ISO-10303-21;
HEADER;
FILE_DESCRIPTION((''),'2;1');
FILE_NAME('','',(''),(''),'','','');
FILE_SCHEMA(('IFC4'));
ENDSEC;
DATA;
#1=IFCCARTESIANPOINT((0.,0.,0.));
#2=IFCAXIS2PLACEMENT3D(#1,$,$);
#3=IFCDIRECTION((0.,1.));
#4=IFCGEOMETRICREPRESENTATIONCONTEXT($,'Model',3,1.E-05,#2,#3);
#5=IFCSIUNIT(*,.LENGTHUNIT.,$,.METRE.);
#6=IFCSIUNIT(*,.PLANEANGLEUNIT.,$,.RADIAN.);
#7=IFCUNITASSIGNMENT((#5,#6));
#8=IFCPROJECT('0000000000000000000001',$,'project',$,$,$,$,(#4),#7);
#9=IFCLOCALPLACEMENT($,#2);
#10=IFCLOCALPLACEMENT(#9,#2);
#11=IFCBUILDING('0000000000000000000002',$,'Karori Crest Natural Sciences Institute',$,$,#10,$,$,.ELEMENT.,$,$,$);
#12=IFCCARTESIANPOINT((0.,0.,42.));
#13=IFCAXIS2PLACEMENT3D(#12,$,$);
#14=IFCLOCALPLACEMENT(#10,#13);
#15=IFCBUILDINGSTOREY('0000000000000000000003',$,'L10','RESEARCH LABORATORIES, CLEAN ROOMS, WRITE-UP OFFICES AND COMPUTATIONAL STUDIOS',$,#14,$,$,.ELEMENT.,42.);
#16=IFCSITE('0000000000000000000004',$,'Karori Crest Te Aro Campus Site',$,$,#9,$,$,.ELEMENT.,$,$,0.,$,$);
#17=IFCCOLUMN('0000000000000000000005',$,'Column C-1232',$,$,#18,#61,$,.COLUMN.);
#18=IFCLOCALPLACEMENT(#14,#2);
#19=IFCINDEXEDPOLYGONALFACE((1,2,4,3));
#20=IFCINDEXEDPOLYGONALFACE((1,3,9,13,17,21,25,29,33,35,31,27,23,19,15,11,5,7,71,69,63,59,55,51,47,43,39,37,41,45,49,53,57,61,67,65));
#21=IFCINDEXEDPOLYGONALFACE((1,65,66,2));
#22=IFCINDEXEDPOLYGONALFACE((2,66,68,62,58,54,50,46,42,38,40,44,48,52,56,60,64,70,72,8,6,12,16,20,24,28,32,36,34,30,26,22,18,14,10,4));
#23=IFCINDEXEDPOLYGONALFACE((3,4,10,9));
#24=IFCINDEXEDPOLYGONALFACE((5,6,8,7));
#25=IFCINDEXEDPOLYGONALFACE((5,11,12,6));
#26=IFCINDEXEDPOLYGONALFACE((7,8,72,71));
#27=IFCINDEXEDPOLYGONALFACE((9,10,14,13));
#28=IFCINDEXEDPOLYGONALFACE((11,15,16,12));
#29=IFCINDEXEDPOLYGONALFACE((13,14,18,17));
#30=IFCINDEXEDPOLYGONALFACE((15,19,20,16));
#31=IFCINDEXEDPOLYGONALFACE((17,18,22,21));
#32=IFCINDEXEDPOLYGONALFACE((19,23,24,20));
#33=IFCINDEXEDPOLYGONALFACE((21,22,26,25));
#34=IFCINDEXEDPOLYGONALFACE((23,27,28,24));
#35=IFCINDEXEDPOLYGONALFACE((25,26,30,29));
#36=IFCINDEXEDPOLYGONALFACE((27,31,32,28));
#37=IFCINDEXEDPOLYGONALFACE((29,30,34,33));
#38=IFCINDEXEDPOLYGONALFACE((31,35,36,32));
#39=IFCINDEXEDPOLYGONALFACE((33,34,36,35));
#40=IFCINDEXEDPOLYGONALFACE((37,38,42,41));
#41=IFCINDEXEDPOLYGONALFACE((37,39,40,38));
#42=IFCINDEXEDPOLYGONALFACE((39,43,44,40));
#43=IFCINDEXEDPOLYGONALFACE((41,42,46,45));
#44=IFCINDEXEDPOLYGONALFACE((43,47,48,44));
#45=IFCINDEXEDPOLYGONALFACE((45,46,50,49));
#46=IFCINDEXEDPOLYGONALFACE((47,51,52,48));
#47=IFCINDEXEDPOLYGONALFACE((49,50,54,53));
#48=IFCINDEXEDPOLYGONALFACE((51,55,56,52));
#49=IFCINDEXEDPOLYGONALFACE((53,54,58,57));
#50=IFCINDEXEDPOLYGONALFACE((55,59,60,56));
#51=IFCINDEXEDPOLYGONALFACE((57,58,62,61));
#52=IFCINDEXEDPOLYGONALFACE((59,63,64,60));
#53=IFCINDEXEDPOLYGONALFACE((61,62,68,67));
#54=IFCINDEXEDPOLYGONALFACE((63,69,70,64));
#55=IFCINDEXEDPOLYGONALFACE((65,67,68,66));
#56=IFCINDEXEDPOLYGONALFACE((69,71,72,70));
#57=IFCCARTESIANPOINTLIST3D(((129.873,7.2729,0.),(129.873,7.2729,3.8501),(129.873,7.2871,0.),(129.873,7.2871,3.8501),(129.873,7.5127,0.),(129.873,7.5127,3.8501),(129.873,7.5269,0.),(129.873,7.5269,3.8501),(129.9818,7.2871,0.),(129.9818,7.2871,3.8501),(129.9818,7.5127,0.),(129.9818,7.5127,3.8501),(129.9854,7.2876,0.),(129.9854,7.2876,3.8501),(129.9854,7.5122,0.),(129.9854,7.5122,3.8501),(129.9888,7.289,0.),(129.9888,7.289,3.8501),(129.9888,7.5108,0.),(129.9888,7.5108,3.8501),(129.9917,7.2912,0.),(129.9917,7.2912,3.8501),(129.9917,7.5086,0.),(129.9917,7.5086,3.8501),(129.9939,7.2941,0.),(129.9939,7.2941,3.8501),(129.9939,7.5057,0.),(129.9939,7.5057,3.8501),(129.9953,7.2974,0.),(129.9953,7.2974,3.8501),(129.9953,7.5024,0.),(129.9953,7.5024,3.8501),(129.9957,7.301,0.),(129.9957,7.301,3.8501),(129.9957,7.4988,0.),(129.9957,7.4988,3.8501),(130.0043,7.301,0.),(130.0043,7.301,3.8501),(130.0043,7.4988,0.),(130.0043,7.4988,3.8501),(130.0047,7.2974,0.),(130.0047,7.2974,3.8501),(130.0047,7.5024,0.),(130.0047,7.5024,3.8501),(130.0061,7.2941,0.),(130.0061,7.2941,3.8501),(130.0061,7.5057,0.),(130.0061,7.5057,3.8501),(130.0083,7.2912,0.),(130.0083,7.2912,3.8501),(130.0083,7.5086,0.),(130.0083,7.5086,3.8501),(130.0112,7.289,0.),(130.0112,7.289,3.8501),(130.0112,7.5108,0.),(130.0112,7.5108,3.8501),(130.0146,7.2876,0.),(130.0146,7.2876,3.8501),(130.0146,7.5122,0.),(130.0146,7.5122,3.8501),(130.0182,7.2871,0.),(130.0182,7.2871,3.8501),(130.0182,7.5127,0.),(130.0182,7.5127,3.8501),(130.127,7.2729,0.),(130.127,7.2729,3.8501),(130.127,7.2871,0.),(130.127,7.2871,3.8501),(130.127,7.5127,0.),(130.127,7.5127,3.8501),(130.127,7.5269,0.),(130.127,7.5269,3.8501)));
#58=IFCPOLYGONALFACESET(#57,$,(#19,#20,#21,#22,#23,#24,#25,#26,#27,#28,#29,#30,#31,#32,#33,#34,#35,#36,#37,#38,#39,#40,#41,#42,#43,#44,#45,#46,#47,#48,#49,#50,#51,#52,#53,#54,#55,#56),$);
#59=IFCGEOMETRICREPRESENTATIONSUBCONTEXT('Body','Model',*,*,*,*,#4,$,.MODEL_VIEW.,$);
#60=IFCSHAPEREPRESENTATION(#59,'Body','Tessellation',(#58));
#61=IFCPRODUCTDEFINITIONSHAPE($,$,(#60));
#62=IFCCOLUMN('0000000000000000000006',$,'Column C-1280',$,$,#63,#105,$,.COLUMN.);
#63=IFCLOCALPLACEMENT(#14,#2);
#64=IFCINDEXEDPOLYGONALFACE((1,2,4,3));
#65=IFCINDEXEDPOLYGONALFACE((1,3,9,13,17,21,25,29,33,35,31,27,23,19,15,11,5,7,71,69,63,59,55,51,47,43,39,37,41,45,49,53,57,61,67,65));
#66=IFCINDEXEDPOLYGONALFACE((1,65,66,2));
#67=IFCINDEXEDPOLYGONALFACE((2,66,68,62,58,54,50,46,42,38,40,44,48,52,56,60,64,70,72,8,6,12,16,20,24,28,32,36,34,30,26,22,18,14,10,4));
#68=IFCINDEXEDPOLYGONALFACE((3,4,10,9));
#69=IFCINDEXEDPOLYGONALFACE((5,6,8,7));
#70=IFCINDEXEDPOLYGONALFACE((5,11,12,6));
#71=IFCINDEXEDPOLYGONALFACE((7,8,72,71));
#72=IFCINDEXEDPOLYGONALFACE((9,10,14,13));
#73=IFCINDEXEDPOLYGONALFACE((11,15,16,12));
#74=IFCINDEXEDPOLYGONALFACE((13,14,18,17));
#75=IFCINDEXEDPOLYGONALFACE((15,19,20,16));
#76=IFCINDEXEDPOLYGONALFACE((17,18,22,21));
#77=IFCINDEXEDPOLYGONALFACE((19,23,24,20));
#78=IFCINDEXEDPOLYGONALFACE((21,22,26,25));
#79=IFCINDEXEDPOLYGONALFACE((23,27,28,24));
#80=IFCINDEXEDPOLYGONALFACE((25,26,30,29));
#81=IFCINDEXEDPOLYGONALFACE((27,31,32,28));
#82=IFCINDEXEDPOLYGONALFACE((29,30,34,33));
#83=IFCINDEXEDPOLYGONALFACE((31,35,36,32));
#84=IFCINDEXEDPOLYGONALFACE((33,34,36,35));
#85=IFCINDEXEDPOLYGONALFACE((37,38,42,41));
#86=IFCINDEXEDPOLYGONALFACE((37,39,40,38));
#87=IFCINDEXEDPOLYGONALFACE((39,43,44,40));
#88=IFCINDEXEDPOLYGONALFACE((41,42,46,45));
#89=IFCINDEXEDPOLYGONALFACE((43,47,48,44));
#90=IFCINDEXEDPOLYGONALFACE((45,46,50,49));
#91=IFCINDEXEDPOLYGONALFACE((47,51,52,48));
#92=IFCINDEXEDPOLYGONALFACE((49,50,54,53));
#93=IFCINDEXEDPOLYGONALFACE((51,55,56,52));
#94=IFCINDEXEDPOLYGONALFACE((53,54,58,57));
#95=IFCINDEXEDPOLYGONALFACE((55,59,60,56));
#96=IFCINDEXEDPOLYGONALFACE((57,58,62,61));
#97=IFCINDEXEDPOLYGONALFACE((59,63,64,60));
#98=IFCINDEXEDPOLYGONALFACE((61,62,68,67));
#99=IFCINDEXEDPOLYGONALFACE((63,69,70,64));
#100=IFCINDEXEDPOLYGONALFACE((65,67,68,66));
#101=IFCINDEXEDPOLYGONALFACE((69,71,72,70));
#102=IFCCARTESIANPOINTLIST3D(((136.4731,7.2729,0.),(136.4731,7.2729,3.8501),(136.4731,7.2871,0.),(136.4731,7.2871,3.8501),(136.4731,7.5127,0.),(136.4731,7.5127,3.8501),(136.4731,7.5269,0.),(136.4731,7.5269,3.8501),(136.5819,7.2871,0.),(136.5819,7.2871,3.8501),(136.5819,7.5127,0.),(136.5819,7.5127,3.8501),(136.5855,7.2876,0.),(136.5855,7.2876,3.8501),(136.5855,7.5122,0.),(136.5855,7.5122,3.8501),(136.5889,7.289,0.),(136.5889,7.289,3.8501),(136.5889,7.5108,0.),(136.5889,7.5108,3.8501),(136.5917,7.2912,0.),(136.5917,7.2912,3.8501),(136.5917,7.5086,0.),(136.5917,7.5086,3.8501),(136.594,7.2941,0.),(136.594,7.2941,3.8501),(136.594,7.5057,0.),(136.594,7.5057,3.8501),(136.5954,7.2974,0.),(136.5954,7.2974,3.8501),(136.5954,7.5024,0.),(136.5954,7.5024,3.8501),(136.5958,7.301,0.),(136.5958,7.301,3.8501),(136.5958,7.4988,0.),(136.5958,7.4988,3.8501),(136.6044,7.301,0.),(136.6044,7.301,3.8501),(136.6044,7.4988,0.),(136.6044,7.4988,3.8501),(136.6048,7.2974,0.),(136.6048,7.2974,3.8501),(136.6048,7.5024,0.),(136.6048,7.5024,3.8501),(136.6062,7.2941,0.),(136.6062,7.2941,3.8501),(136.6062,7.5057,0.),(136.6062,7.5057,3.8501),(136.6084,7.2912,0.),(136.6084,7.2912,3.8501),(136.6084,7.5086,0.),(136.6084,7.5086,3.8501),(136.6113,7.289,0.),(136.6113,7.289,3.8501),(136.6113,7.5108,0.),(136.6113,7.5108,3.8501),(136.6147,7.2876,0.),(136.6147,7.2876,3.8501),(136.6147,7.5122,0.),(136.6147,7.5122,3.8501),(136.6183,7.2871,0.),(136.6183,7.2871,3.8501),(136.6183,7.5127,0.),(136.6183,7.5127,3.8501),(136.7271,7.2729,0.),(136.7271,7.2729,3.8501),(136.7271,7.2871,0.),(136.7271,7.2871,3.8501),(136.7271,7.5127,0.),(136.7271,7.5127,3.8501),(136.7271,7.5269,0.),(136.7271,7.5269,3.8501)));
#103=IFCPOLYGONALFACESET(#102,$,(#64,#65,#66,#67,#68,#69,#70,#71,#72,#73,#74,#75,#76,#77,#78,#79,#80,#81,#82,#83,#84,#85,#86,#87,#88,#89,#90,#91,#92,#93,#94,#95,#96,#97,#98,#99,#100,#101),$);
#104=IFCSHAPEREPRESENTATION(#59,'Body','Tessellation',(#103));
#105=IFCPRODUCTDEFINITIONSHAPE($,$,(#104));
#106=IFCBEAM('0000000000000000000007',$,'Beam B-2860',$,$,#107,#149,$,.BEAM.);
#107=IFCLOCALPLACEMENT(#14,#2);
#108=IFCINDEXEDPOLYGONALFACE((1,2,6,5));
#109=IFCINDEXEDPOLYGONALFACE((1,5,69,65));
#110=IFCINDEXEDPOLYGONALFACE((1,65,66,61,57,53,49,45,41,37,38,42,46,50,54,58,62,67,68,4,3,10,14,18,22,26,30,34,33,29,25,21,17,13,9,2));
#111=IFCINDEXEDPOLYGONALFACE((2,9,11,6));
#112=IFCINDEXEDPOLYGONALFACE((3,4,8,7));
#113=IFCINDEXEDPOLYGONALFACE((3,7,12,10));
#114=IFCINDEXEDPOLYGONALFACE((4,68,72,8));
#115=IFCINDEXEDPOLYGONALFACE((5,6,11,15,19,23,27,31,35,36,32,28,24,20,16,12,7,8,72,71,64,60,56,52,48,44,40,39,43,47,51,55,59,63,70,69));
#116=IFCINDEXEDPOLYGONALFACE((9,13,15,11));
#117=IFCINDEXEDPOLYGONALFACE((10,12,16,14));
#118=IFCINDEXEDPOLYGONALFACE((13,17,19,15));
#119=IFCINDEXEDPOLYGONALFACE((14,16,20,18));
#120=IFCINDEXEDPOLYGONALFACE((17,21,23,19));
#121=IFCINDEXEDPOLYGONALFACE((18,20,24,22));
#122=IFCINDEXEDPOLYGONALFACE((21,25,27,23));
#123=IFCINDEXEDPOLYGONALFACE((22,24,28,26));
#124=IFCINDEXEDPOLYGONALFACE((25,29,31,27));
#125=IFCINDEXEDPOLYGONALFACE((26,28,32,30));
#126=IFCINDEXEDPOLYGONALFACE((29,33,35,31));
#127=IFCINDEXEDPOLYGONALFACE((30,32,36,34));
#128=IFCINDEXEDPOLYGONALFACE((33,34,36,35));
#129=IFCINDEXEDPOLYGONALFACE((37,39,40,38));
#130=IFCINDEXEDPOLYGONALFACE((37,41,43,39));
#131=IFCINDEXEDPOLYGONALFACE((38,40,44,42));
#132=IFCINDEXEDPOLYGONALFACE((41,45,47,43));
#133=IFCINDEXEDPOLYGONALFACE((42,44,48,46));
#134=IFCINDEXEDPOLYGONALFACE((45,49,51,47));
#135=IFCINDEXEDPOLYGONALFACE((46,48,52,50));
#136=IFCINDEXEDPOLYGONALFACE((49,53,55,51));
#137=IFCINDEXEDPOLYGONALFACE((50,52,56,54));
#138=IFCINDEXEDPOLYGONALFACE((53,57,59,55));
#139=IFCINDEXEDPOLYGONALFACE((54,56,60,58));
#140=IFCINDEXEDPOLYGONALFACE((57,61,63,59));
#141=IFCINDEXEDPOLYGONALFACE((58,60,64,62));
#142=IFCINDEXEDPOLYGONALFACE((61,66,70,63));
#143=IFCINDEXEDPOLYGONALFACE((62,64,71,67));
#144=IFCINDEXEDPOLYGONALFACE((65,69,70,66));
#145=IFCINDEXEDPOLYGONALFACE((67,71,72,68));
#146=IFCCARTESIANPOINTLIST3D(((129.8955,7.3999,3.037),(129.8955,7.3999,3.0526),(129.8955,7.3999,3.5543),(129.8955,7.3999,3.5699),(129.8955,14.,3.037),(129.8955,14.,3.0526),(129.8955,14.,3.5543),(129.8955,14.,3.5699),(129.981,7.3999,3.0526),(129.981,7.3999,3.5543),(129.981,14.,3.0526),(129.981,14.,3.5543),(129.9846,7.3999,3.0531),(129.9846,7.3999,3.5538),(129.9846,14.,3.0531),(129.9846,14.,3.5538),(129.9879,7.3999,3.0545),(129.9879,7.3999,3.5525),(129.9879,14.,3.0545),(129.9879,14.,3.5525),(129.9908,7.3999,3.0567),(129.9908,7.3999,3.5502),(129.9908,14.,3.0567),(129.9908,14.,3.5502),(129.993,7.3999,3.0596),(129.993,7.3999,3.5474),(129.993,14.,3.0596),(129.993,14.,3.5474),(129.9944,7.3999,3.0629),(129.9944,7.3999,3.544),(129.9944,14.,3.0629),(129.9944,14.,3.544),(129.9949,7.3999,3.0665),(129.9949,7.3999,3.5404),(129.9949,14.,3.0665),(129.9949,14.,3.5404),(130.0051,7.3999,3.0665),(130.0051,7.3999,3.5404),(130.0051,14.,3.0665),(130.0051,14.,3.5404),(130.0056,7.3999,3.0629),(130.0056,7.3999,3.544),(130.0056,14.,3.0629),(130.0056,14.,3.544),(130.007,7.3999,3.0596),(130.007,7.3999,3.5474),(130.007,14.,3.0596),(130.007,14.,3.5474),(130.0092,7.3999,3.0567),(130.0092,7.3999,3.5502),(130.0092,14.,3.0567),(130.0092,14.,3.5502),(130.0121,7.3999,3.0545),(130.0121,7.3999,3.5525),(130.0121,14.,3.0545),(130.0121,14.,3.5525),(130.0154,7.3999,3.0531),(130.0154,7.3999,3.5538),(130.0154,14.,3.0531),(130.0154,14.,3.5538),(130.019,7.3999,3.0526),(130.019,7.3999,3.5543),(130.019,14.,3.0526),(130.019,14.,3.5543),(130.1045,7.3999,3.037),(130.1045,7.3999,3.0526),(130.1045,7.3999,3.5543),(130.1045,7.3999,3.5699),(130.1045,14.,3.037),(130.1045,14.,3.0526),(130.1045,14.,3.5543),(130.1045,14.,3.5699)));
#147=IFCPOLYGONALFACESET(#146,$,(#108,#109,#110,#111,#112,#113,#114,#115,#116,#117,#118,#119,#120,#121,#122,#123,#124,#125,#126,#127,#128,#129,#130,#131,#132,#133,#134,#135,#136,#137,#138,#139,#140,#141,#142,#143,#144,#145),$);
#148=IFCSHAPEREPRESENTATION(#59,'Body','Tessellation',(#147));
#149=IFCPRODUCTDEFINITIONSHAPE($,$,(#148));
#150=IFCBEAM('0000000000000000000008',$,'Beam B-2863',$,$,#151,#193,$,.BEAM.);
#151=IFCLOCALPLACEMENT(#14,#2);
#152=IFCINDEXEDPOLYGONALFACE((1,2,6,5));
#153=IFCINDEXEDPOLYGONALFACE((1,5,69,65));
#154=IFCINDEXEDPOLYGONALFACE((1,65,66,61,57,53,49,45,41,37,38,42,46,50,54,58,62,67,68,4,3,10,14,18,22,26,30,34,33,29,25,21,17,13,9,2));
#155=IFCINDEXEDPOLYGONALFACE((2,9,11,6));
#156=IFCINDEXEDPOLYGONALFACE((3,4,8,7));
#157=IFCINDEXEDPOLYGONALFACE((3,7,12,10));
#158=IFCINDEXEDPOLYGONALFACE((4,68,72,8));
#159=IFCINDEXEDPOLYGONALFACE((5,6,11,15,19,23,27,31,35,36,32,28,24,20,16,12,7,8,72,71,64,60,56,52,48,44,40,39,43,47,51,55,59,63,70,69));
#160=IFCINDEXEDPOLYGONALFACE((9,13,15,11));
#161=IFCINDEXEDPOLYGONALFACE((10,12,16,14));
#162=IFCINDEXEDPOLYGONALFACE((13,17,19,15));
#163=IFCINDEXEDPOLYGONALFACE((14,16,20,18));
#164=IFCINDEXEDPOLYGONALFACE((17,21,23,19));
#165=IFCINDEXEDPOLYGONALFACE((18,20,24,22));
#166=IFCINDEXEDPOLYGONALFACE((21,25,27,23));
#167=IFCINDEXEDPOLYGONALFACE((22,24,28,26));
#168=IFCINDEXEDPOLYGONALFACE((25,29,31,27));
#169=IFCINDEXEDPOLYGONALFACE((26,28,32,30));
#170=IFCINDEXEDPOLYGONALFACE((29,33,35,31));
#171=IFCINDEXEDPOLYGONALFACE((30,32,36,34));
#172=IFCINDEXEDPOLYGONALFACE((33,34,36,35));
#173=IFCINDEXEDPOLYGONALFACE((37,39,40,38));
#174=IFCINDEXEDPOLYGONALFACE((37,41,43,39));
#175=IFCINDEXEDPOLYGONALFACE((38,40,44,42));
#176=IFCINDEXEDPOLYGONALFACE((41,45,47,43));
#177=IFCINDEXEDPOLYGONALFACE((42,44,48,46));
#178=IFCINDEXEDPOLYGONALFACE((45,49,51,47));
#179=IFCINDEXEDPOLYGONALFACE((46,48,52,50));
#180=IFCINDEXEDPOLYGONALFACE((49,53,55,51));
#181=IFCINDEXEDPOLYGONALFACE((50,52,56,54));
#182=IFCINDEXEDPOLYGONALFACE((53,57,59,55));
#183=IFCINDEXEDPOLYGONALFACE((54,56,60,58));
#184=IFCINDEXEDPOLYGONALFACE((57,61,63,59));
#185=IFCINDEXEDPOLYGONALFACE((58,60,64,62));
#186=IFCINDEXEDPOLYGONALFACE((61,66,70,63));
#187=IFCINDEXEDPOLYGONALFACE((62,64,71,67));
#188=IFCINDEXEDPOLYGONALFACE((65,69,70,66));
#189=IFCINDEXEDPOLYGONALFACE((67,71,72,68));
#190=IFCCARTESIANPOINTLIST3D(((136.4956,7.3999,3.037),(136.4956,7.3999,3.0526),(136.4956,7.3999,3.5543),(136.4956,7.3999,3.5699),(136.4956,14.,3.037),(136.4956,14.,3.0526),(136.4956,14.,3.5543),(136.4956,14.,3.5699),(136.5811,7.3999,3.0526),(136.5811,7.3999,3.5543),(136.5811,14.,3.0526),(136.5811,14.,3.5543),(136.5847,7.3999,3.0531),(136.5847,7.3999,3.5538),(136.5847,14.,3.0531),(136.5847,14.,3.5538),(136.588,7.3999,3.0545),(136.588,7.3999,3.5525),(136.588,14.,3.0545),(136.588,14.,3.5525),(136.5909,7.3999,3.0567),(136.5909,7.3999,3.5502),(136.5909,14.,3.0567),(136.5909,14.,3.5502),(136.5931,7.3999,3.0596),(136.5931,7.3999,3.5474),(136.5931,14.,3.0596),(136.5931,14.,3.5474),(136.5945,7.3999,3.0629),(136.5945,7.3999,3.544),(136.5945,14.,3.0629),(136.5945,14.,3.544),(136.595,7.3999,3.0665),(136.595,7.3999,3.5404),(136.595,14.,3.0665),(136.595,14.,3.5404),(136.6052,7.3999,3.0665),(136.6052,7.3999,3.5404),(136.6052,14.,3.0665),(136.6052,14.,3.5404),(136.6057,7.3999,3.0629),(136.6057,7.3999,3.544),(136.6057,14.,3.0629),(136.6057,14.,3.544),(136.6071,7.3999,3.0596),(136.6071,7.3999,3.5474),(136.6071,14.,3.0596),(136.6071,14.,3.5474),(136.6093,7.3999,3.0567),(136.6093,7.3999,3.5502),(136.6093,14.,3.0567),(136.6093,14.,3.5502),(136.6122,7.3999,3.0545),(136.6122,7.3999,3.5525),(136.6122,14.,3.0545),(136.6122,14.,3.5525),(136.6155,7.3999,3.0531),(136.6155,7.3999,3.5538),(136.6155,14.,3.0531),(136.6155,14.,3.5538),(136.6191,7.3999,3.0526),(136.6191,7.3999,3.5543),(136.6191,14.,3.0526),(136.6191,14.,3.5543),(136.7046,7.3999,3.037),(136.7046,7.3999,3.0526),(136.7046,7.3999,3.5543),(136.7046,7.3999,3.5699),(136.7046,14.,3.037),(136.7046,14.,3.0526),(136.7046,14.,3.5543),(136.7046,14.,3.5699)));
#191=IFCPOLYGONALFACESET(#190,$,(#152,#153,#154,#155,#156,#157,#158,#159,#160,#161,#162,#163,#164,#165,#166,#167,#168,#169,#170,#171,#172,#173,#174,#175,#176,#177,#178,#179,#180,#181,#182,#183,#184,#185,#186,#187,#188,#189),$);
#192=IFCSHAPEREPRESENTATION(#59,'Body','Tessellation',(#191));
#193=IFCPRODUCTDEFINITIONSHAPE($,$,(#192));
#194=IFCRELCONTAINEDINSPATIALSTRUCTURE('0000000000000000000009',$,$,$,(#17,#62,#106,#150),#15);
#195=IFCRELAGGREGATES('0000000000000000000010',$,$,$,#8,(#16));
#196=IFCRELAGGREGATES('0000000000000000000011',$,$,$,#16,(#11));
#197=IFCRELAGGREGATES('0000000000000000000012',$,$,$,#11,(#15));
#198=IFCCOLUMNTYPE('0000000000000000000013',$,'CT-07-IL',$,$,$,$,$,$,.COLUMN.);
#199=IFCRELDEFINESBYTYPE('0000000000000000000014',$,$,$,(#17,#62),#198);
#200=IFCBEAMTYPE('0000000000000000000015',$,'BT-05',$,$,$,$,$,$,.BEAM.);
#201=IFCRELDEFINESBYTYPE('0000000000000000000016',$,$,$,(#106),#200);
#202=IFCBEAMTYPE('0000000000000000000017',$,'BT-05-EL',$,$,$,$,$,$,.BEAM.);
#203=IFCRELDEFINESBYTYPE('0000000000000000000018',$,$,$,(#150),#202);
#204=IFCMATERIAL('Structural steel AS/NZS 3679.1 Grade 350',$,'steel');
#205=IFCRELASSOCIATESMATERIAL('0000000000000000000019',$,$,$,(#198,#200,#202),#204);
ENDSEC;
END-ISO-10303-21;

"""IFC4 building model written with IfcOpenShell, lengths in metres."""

from ifc_helpers import new_model, si_unit, direction, frame, origin, origin_2d, place, context, subcontext, project, spatial, i_section, extrude, material, material_profile, profile_set, type_object, element, save


model = new_model("IFC4")

# Units and contexts
model_context = context("Model", 3, precision=1e-05, world=origin(), true_north=direction((0.0, 1.0)))
body_context = subcontext(model_context, "Body", "Model", "MODEL_VIEW")
ifc_project = project(units=[si_unit("LENGTHUNIT", "METRE"), si_unit("PLANEANGLEUNIT", "RADIAN")], contexts=[model_context])

# Site, building, storey
site_placement = place(None, origin())
site = spatial("IfcSite", under=ifc_project, at=site_placement, Name="Karori Crest Te Aro Campus Site", CompositionType="ELEMENT", RefElevation=0.0)
building_placement = place(site_placement, origin())
building = spatial("IfcBuilding", under=site, at=building_placement, Name="Karori Crest Natural Sciences Institute", CompositionType="ELEMENT")
storey_placement = place(building_placement, frame((0.0, 0.0, 42.0)))
storey = spatial("IfcBuildingStorey", under=building, at=storey_placement, Name="L10", Description="RESEARCH LABORATORIES, CLEAN ROOMS, WRITE-UP OFFICES AND COMPUTATIONAL STUDIOS", CompositionType="ELEMENT", Elevation=42.0)

# Columns
ifc_material_1 = material(Name="Structural steel AS/NZS 3679.1 Grade 350", Category="steel")
ifc_material_profile_1 = material_profile(ifc_material_1, i_section(OverallWidth=0.2539, OverallDepth=0.2539, WebThickness=0.0085, FlangeThickness=0.0142, FilletRadius=0.0139, at=origin_2d()), Name="250UC72.9")
ifc_profile_set_1 = profile_set([ifc_material_profile_1], Name="Structural steel AS/NZS 3679.1 Grade 350")
column_type = type_object("IfcColumnType", Name="CT-07-IL", PredefinedType="COLUMN", material=ifc_profile_set_1)
for number, where, z_axis, x_axis, name in (
    (1, (130.0, 7.3999, 0.0), (0.0, 0.0, 1.0), (1.0, 0.0, 0.0), "Column C-1232"),
    (2, (136.6001, 7.3999, 0.0), (0.0, 0.0, 1.0), (1.0, 0.0, 0.0), "Column C-1280"),
):
    element("IfcColumn", number, at=place(storey_placement, frame(where, z_axis=z_axis, x_axis=x_axis)), inside=storey, type_object=column_type, Name=name, PredefinedType="COLUMN", context=body_context, shape_type="SweptSolid", body=[
        extrude(i_section(OverallWidth=0.2539, OverallDepth=0.2539, WebThickness=0.0085, FlangeThickness=0.0142, FilletRadius=0.0139, at=origin_2d()), origin(), (0.0, 0.0, 1.0), 3.8501),
    ])

# Beams
ifc_material_profile_2 = material_profile(ifc_material_1, i_section(OverallWidth=0.209, OverallDepth=0.533, WebThickness=0.0103, FlangeThickness=0.0156, FilletRadius=0.0139, at=origin_2d()), Name="530UB92.4")
ifc_profile_set_2 = profile_set([ifc_material_profile_2], Name="Structural steel AS/NZS 3679.1 Grade 350")
beam_type_1 = type_object("IfcBeamType", Name="BT-05", PredefinedType="BEAM", material=ifc_profile_set_2)
beam_1_placement = place(storey_placement, frame((130.0, 7.3999, 3.3035), z_axis=(0.0, 1.0, 0.0), x_axis=(-1.0, 0.0, 0.0)))
element("IfcBeam", 3, at=beam_1_placement, inside=storey, type_object=beam_type_1, Name="Beam B-2860", PredefinedType="BEAM", context=body_context, shape_type="SweptSolid", body=[
    extrude(i_section(OverallWidth=0.209, OverallDepth=0.533, WebThickness=0.0103, FlangeThickness=0.0156, FilletRadius=0.0139, at=origin_2d()), origin(), (0.0, 0.0, 1.0), 6.6001),
])
ifc_material_profile_3 = material_profile(ifc_material_1, i_section(OverallWidth=0.209, OverallDepth=0.533, WebThickness=0.0103, FlangeThickness=0.0156, FilletRadius=0.0139, at=origin_2d()), Name="530UB92.4")
ifc_profile_set_3 = profile_set([ifc_material_profile_3], Name="Structural steel AS/NZS 3679.1 Grade 350")
beam_type_2 = type_object("IfcBeamType", Name="BT-05-EL", PredefinedType="BEAM", material=ifc_profile_set_3)
beam_2_placement = place(storey_placement, frame((136.6001, 7.3999, 3.3035), z_axis=(0.0, 1.0, 0.0), x_axis=(-1.0, 0.0, 0.0)))
element("IfcBeam", 4, at=beam_2_placement, inside=storey, type_object=beam_type_2, Name="Beam B-2863", PredefinedType="BEAM", context=body_context, shape_type="SweptSolid", body=[
    extrude(i_section(OverallWidth=0.209, OverallDepth=0.533, WebThickness=0.0103, FlangeThickness=0.0156, FilletRadius=0.0139, at=origin_2d()), origin(), (0.0, 0.0, 1.0), 6.6001),
])

save(model, "model.ifc")
